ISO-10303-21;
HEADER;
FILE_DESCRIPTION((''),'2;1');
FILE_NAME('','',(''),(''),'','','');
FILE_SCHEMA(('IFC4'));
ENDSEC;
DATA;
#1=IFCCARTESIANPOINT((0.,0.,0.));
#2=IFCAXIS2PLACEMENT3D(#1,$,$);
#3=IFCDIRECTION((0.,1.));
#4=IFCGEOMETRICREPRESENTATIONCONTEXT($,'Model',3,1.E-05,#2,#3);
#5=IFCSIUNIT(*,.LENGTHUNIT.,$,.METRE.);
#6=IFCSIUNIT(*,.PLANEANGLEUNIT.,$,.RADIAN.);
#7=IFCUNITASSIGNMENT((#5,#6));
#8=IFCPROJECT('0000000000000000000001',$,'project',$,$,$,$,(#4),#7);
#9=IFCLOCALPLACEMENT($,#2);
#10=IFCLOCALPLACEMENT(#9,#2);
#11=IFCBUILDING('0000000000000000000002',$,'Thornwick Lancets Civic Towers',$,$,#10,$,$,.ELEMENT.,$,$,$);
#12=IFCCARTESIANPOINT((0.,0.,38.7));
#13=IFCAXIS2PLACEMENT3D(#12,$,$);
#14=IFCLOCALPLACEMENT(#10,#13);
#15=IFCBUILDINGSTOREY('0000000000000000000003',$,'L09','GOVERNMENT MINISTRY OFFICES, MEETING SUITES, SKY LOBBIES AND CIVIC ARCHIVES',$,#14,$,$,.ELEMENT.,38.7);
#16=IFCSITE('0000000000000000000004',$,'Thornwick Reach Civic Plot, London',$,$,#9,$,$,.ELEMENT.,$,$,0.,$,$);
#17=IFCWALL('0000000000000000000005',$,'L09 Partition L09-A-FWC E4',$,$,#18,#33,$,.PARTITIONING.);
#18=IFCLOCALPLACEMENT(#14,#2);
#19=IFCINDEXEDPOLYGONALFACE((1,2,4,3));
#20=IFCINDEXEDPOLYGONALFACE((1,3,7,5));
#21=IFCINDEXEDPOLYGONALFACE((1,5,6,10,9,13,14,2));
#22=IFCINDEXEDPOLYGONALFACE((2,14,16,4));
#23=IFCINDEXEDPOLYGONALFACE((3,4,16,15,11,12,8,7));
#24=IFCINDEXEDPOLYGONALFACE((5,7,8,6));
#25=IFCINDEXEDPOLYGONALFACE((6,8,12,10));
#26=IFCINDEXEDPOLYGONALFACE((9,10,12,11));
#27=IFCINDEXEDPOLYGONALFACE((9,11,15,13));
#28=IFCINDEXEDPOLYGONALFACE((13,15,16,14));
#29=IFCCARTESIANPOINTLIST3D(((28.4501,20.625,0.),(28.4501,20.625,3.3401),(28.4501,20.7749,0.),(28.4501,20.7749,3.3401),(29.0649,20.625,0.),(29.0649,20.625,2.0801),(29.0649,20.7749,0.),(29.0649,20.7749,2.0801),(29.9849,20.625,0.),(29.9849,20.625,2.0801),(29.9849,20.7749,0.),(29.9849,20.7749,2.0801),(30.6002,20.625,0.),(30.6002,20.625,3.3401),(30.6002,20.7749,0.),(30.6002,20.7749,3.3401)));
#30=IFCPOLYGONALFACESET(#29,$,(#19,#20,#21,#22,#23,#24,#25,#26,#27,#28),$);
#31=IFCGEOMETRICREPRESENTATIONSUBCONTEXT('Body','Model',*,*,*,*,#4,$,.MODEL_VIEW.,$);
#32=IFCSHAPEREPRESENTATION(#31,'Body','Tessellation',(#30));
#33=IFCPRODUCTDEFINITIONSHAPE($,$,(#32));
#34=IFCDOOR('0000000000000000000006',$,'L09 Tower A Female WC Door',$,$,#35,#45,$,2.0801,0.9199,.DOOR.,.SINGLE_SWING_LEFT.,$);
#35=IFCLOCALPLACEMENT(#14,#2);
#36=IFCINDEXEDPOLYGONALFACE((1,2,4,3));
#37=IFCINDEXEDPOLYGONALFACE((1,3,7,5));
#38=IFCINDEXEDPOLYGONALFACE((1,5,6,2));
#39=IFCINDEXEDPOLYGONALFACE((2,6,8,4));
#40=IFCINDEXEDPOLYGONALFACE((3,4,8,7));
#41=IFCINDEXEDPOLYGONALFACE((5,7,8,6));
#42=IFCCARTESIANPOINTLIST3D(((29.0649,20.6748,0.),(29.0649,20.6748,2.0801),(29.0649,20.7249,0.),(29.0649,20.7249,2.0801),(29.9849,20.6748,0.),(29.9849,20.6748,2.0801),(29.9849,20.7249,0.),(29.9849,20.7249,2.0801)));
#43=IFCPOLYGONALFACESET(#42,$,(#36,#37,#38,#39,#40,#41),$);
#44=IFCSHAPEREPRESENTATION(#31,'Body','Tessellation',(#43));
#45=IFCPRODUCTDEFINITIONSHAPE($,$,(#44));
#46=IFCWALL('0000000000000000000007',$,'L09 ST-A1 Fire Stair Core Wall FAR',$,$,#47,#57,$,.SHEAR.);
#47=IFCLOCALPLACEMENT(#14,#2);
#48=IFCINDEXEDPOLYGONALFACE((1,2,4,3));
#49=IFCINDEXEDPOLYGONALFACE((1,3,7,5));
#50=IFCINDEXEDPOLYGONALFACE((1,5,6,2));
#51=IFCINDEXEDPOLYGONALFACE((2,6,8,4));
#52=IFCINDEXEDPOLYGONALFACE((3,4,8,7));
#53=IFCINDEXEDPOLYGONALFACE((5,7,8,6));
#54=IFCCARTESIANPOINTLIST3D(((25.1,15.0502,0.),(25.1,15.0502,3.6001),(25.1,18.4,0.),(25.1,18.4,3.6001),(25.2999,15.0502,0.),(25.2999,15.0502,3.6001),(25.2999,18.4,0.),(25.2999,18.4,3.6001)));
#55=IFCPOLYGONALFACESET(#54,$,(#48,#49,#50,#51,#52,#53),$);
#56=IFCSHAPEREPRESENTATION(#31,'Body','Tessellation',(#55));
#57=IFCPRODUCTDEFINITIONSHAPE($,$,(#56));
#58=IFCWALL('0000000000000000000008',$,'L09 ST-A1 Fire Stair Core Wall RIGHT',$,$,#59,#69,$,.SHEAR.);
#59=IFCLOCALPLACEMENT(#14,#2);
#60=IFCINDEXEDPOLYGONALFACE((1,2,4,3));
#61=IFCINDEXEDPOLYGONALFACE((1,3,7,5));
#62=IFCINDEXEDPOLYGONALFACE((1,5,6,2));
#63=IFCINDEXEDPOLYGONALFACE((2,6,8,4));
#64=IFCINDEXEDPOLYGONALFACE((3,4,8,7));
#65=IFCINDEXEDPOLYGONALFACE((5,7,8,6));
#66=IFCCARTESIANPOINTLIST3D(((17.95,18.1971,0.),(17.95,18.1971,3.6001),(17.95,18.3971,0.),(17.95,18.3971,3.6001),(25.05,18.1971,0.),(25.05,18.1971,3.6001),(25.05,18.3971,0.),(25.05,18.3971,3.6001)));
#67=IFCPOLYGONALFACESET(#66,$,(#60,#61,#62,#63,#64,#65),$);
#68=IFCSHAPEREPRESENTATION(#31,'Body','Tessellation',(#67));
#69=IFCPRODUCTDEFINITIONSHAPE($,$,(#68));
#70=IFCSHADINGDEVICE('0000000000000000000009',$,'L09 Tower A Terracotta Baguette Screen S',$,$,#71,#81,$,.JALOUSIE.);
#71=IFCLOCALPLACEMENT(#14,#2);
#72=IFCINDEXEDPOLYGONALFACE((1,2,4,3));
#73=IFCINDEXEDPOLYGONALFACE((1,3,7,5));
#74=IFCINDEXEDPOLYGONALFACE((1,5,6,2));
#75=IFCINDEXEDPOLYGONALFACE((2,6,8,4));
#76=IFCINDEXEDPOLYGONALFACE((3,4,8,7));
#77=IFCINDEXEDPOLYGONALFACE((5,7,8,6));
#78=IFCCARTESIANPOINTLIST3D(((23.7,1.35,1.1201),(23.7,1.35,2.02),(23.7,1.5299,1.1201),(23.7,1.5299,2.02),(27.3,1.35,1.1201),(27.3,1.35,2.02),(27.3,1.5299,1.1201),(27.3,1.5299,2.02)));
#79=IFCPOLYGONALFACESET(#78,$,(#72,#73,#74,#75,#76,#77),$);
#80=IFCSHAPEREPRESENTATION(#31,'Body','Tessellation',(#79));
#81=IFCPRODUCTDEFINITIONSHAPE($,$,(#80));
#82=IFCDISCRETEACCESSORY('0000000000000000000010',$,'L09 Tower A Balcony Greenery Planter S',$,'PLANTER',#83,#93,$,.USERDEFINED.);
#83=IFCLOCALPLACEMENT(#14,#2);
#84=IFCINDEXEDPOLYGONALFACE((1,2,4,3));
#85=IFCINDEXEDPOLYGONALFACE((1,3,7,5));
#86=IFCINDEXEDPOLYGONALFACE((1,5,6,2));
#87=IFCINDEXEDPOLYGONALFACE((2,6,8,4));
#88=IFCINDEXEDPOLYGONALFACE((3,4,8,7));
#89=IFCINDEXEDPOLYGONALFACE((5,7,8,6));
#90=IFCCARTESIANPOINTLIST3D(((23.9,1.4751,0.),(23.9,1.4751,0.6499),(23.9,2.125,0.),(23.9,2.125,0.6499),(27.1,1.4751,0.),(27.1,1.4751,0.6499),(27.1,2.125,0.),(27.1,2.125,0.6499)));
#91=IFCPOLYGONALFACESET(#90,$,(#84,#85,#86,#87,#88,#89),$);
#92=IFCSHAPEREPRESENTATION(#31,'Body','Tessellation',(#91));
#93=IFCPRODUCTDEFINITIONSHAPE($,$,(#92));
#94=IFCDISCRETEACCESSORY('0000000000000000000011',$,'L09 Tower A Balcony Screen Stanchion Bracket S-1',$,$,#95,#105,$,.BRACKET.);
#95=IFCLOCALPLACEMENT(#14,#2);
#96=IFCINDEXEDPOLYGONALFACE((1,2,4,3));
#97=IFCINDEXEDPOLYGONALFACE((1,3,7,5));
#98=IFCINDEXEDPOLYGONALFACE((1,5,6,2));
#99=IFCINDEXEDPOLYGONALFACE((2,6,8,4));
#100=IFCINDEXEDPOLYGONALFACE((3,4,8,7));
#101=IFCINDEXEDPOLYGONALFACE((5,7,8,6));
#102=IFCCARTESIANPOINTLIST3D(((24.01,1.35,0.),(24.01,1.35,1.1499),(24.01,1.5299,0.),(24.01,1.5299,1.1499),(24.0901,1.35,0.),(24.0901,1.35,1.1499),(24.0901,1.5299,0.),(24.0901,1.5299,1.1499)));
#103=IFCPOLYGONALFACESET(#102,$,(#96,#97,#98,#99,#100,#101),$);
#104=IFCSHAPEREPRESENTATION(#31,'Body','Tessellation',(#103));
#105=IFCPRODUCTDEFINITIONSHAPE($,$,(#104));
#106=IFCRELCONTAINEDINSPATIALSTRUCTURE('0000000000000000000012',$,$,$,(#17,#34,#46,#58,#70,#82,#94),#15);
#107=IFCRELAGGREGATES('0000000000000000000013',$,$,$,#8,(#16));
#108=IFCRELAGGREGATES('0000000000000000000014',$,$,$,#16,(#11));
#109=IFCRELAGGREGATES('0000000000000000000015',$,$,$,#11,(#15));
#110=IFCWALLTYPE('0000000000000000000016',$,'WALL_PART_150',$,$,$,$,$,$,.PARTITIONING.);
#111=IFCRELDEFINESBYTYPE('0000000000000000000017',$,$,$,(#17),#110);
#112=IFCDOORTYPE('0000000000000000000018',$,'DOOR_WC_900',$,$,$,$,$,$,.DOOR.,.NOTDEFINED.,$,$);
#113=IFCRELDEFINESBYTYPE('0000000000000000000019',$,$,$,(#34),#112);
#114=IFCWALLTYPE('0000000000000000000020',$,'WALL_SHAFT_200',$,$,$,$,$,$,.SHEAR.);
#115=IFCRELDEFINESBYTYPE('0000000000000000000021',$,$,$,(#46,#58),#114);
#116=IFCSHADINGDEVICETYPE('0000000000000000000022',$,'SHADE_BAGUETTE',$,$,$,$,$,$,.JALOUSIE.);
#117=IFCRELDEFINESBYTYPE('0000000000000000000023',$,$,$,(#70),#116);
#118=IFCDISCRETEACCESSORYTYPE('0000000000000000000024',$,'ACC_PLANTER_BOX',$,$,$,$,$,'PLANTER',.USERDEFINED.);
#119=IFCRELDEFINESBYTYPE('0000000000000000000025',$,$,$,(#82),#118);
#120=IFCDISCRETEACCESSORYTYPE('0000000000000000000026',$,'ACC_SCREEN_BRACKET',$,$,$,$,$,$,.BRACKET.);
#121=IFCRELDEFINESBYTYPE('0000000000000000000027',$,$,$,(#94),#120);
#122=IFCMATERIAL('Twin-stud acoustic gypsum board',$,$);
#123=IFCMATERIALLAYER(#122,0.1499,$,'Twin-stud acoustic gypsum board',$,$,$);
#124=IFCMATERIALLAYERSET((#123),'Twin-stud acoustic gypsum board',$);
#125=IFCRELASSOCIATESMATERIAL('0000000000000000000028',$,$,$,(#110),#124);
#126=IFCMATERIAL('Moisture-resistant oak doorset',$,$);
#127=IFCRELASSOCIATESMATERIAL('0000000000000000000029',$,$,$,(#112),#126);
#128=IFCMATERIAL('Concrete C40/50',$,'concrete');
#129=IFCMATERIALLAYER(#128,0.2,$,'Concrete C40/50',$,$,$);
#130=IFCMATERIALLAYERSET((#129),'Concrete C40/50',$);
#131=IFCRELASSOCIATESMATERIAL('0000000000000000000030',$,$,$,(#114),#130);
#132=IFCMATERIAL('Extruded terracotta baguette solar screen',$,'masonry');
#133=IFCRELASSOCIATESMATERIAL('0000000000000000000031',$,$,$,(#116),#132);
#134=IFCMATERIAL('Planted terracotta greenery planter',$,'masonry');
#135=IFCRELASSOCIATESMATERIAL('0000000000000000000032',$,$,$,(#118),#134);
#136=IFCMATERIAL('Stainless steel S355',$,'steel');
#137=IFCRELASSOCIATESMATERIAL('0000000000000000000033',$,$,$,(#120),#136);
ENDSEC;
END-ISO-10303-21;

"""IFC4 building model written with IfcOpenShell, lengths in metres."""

from ifc_helpers import new_model, si_unit, direction, frame, frame_2d, origin, origin_2d, place, context, subcontext, project, spatial, rectangle, extrude, material, layer, layer_set, type_object, element, fill, save


model = new_model("IFC4")

# Units and contexts
model_context = context("Model", 3, precision=1e-05, world=origin(), true_north=direction((0.0, 1.0)))
body_context = subcontext(model_context, "Body", "Model", "MODEL_VIEW")
ifc_project = project(units=[si_unit("LENGTHUNIT", "METRE"), si_unit("PLANEANGLEUNIT", "RADIAN")], contexts=[model_context])

# Site, building, storey
site_placement = place(None, origin())
site = spatial("IfcSite", under=ifc_project, at=site_placement, Name="Thornwick Reach Civic Plot, London", CompositionType="ELEMENT", RefElevation=0.0)
building_placement = place(site_placement, origin())
building = spatial("IfcBuilding", under=site, at=building_placement, Name="Thornwick Lancets Civic Towers", CompositionType="ELEMENT")
storey_placement = place(building_placement, frame((0.0, 0.0, 38.7)))
storey = spatial("IfcBuildingStorey", under=building, at=storey_placement, Name="L09", Description="GOVERNMENT MINISTRY OFFICES, MEETING SUITES, SKY LOBBIES AND CIVIC ARCHIVES", CompositionType="ELEMENT", Elevation=38.7)

# Shared definitions
ifc_material_1 = material(Name="Concrete C40/50", Category="concrete")

# Shared definitions
ifc_material_2 = material(Name="Twin-stud acoustic gypsum board")
ifc_layer_1 = layer(ifc_material_2, 0.1499, Name="Twin-stud acoustic gypsum board")
ifc_layer_set_1 = layer_set([ifc_layer_1], Name="Twin-stud acoustic gypsum board")
wall_type_1 = type_object("IfcWallType", Name="WALL_PART_150", PredefinedType="PARTITIONING", material=ifc_layer_set_1)

# Shared definitions
ifc_material_3 = material(Name="Moisture-resistant oak doorset")
door_type_1 = type_object("IfcDoorType", Name="DOOR_WC_900", OperationType="NOTDEFINED", PredefinedType="DOOR", material=ifc_material_3)

# Wall, opening, door
wall_1_placement = place(storey_placement, frame((28.45, 20.7, 0.0), z_axis=(0.0, 0.0, 1.0), x_axis=(1.0, 0.0, 0.0)))
wall_1 = element("IfcWall", 1, at=wall_1_placement, inside=storey, type_object=wall_type_1, Name="L09 Partition L09-A-FWC E4", PredefinedType="PARTITIONING", context=body_context, shape_type="SweptSolid", body=[
    extrude(rectangle(XDim=2.1501, YDim=0.1499, at=frame_2d((1.0752, 0.0))), origin(), (0.0, 0.0, 1.0), 3.3401),
])
opening_1_placement = place(wall_1_placement, frame((0.615, 0.0, 0.0)))
opening_1 = element("IfcOpeningElement", 2, at=opening_1_placement, cuts=wall_1, PredefinedType="OPENING", context=body_context, shape_type="SweptSolid", body=[
    extrude(rectangle(XDim=0.9199, YDim=2.0801, at=frame_2d((0.46, 1.04))), frame((0.0, 0.085, 0.0), z_axis=(0.0, -1.0, 0.0), x_axis=(1.0, 0.0, 0.0)), (0.0, 0.0, 1.0), 0.1699),
])
door_1_placement = place(opening_1_placement, origin())
door_1 = element("IfcDoor", 3, at=door_1_placement, inside=storey, type_object=door_type_1, Name="L09 Tower A Female WC Door", OperationType="SINGLE_SWING_LEFT", OverallHeight=2.0801, OverallWidth=0.9199, PredefinedType="DOOR", context=body_context, shape_type="SweptSolid", body=[
    extrude(rectangle(XDim=0.9199, YDim=2.0801, at=frame_2d((0.46, 1.04))), frame((0.0, 0.0249, 0.0), z_axis=(0.0, -1.0, 0.0), x_axis=(1.0, 0.0, 0.0)), (0.0, 0.0, 1.0), 0.05),
])
fill(opening_1, door_1)

# Walls
ifc_layer_2 = layer(ifc_material_1, 0.2, Name="Concrete C40/50")
ifc_layer_set_2 = layer_set([ifc_layer_2], Name="Concrete C40/50")
wall_type_2 = type_object("IfcWallType", Name="WALL_SHAFT_200", PredefinedType="SHEAR", material=ifc_layer_set_2)
wall_2_placement = place(storey_placement, frame((25.2, 18.3999, 0.0), z_axis=(0.0, 0.0, 1.0), x_axis=(0.0, -1.0, 0.0)))
element("IfcWall", 4, at=wall_2_placement, inside=storey, type_object=wall_type_2, Name="L09 ST-A1 Fire Stair Core Wall FAR", PredefinedType="SHEAR", context=body_context, shape_type="SweptSolid", body=[
    extrude(rectangle(XDim=3.3499, YDim=0.2, at=frame_2d((1.6748, 0.0))), origin(), (0.0, 0.0, 1.0), 3.6001),
])
wall_3_placement = place(storey_placement, frame((25.05, 18.2971, 0.0), z_axis=(0.0, 0.0, 1.0), x_axis=(-1.0, 0.0, 0.0)))
element("IfcWall", 5, at=wall_3_placement, inside=storey, type_object=wall_type_2, Name="L09 ST-A1 Fire Stair Core Wall RIGHT", PredefinedType="SHEAR", context=body_context, shape_type="SweptSolid", body=[
    extrude(rectangle(XDim=7.1001, YDim=0.2, at=frame_2d((3.55, 0.0))), origin(), (0.0, 0.0, 1.0), 3.6001),
])

# Shading device
ifc_material_4 = material(Name="Extruded terracotta baguette solar screen", Category="masonry")
shading_device_type = type_object("IfcShadingDeviceType", Name="SHADE_BAGUETTE", PredefinedType="JALOUSIE", material=ifc_material_4)
shading_device_placement = place(storey_placement, frame((25.5, 1.4399, 1.1201), z_axis=(0.0, 0.0, 1.0), x_axis=(1.0, 0.0, 0.0)))
element("IfcShadingDevice", 6, at=shading_device_placement, inside=storey, type_object=shading_device_type, Name="L09 Tower A Terracotta Baguette Screen S", PredefinedType="JALOUSIE", context=body_context, shape_type="SweptSolid", body=[
    extrude(rectangle(XDim=3.6001, YDim=0.1799, at=origin_2d()), origin(), (0.0, 0.0, 1.0), 0.8999),
])

# Discrete accessories
ifc_material_5 = material(Name="Planted terracotta greenery planter", Category="masonry")
discrete_accessory_type_1 = type_object("IfcDiscreteAccessoryType", Name="ACC_PLANTER_BOX", ElementType="PLANTER", PredefinedType="USERDEFINED", material=ifc_material_5)
discrete_accessory_1_placement = place(storey_placement, frame((25.5, 1.8, 0.0), z_axis=(0.0, 0.0, 1.0), x_axis=(1.0, 0.0, 0.0)))
element("IfcDiscreteAccessory", 7, at=discrete_accessory_1_placement, inside=storey, type_object=discrete_accessory_type_1, Name="L09 Tower A Balcony Greenery Planter S", ObjectType="PLANTER", PredefinedType="USERDEFINED", context=body_context, shape_type="SweptSolid", body=[
    extrude(rectangle(XDim=3.2, YDim=0.6499, at=origin_2d()), origin(), (0.0, 0.0, 1.0), 0.6499),
])
ifc_material_6 = material(Name="Stainless steel S355", Category="steel")
discrete_accessory_type_2 = type_object("IfcDiscreteAccessoryType", Name="ACC_SCREEN_BRACKET", PredefinedType="BRACKET", material=ifc_material_6)
discrete_accessory_2_placement = place(storey_placement, frame((24.05, 1.4399, 0.0), z_axis=(0.0, 0.0, 1.0), x_axis=(1.0, 0.0, 0.0)))
element("IfcDiscreteAccessory", 8, at=discrete_accessory_2_placement, inside=storey, type_object=discrete_accessory_type_2, Name="L09 Tower A Balcony Screen Stanchion Bracket S-1", PredefinedType="BRACKET", context=body_context, shape_type="SweptSolid", body=[
    extrude(rectangle(XDim=0.0801, YDim=0.1799, at=origin_2d()), origin(), (0.0, 0.0, 1.0), 1.1499),
])

save(model, "model.ifc")
